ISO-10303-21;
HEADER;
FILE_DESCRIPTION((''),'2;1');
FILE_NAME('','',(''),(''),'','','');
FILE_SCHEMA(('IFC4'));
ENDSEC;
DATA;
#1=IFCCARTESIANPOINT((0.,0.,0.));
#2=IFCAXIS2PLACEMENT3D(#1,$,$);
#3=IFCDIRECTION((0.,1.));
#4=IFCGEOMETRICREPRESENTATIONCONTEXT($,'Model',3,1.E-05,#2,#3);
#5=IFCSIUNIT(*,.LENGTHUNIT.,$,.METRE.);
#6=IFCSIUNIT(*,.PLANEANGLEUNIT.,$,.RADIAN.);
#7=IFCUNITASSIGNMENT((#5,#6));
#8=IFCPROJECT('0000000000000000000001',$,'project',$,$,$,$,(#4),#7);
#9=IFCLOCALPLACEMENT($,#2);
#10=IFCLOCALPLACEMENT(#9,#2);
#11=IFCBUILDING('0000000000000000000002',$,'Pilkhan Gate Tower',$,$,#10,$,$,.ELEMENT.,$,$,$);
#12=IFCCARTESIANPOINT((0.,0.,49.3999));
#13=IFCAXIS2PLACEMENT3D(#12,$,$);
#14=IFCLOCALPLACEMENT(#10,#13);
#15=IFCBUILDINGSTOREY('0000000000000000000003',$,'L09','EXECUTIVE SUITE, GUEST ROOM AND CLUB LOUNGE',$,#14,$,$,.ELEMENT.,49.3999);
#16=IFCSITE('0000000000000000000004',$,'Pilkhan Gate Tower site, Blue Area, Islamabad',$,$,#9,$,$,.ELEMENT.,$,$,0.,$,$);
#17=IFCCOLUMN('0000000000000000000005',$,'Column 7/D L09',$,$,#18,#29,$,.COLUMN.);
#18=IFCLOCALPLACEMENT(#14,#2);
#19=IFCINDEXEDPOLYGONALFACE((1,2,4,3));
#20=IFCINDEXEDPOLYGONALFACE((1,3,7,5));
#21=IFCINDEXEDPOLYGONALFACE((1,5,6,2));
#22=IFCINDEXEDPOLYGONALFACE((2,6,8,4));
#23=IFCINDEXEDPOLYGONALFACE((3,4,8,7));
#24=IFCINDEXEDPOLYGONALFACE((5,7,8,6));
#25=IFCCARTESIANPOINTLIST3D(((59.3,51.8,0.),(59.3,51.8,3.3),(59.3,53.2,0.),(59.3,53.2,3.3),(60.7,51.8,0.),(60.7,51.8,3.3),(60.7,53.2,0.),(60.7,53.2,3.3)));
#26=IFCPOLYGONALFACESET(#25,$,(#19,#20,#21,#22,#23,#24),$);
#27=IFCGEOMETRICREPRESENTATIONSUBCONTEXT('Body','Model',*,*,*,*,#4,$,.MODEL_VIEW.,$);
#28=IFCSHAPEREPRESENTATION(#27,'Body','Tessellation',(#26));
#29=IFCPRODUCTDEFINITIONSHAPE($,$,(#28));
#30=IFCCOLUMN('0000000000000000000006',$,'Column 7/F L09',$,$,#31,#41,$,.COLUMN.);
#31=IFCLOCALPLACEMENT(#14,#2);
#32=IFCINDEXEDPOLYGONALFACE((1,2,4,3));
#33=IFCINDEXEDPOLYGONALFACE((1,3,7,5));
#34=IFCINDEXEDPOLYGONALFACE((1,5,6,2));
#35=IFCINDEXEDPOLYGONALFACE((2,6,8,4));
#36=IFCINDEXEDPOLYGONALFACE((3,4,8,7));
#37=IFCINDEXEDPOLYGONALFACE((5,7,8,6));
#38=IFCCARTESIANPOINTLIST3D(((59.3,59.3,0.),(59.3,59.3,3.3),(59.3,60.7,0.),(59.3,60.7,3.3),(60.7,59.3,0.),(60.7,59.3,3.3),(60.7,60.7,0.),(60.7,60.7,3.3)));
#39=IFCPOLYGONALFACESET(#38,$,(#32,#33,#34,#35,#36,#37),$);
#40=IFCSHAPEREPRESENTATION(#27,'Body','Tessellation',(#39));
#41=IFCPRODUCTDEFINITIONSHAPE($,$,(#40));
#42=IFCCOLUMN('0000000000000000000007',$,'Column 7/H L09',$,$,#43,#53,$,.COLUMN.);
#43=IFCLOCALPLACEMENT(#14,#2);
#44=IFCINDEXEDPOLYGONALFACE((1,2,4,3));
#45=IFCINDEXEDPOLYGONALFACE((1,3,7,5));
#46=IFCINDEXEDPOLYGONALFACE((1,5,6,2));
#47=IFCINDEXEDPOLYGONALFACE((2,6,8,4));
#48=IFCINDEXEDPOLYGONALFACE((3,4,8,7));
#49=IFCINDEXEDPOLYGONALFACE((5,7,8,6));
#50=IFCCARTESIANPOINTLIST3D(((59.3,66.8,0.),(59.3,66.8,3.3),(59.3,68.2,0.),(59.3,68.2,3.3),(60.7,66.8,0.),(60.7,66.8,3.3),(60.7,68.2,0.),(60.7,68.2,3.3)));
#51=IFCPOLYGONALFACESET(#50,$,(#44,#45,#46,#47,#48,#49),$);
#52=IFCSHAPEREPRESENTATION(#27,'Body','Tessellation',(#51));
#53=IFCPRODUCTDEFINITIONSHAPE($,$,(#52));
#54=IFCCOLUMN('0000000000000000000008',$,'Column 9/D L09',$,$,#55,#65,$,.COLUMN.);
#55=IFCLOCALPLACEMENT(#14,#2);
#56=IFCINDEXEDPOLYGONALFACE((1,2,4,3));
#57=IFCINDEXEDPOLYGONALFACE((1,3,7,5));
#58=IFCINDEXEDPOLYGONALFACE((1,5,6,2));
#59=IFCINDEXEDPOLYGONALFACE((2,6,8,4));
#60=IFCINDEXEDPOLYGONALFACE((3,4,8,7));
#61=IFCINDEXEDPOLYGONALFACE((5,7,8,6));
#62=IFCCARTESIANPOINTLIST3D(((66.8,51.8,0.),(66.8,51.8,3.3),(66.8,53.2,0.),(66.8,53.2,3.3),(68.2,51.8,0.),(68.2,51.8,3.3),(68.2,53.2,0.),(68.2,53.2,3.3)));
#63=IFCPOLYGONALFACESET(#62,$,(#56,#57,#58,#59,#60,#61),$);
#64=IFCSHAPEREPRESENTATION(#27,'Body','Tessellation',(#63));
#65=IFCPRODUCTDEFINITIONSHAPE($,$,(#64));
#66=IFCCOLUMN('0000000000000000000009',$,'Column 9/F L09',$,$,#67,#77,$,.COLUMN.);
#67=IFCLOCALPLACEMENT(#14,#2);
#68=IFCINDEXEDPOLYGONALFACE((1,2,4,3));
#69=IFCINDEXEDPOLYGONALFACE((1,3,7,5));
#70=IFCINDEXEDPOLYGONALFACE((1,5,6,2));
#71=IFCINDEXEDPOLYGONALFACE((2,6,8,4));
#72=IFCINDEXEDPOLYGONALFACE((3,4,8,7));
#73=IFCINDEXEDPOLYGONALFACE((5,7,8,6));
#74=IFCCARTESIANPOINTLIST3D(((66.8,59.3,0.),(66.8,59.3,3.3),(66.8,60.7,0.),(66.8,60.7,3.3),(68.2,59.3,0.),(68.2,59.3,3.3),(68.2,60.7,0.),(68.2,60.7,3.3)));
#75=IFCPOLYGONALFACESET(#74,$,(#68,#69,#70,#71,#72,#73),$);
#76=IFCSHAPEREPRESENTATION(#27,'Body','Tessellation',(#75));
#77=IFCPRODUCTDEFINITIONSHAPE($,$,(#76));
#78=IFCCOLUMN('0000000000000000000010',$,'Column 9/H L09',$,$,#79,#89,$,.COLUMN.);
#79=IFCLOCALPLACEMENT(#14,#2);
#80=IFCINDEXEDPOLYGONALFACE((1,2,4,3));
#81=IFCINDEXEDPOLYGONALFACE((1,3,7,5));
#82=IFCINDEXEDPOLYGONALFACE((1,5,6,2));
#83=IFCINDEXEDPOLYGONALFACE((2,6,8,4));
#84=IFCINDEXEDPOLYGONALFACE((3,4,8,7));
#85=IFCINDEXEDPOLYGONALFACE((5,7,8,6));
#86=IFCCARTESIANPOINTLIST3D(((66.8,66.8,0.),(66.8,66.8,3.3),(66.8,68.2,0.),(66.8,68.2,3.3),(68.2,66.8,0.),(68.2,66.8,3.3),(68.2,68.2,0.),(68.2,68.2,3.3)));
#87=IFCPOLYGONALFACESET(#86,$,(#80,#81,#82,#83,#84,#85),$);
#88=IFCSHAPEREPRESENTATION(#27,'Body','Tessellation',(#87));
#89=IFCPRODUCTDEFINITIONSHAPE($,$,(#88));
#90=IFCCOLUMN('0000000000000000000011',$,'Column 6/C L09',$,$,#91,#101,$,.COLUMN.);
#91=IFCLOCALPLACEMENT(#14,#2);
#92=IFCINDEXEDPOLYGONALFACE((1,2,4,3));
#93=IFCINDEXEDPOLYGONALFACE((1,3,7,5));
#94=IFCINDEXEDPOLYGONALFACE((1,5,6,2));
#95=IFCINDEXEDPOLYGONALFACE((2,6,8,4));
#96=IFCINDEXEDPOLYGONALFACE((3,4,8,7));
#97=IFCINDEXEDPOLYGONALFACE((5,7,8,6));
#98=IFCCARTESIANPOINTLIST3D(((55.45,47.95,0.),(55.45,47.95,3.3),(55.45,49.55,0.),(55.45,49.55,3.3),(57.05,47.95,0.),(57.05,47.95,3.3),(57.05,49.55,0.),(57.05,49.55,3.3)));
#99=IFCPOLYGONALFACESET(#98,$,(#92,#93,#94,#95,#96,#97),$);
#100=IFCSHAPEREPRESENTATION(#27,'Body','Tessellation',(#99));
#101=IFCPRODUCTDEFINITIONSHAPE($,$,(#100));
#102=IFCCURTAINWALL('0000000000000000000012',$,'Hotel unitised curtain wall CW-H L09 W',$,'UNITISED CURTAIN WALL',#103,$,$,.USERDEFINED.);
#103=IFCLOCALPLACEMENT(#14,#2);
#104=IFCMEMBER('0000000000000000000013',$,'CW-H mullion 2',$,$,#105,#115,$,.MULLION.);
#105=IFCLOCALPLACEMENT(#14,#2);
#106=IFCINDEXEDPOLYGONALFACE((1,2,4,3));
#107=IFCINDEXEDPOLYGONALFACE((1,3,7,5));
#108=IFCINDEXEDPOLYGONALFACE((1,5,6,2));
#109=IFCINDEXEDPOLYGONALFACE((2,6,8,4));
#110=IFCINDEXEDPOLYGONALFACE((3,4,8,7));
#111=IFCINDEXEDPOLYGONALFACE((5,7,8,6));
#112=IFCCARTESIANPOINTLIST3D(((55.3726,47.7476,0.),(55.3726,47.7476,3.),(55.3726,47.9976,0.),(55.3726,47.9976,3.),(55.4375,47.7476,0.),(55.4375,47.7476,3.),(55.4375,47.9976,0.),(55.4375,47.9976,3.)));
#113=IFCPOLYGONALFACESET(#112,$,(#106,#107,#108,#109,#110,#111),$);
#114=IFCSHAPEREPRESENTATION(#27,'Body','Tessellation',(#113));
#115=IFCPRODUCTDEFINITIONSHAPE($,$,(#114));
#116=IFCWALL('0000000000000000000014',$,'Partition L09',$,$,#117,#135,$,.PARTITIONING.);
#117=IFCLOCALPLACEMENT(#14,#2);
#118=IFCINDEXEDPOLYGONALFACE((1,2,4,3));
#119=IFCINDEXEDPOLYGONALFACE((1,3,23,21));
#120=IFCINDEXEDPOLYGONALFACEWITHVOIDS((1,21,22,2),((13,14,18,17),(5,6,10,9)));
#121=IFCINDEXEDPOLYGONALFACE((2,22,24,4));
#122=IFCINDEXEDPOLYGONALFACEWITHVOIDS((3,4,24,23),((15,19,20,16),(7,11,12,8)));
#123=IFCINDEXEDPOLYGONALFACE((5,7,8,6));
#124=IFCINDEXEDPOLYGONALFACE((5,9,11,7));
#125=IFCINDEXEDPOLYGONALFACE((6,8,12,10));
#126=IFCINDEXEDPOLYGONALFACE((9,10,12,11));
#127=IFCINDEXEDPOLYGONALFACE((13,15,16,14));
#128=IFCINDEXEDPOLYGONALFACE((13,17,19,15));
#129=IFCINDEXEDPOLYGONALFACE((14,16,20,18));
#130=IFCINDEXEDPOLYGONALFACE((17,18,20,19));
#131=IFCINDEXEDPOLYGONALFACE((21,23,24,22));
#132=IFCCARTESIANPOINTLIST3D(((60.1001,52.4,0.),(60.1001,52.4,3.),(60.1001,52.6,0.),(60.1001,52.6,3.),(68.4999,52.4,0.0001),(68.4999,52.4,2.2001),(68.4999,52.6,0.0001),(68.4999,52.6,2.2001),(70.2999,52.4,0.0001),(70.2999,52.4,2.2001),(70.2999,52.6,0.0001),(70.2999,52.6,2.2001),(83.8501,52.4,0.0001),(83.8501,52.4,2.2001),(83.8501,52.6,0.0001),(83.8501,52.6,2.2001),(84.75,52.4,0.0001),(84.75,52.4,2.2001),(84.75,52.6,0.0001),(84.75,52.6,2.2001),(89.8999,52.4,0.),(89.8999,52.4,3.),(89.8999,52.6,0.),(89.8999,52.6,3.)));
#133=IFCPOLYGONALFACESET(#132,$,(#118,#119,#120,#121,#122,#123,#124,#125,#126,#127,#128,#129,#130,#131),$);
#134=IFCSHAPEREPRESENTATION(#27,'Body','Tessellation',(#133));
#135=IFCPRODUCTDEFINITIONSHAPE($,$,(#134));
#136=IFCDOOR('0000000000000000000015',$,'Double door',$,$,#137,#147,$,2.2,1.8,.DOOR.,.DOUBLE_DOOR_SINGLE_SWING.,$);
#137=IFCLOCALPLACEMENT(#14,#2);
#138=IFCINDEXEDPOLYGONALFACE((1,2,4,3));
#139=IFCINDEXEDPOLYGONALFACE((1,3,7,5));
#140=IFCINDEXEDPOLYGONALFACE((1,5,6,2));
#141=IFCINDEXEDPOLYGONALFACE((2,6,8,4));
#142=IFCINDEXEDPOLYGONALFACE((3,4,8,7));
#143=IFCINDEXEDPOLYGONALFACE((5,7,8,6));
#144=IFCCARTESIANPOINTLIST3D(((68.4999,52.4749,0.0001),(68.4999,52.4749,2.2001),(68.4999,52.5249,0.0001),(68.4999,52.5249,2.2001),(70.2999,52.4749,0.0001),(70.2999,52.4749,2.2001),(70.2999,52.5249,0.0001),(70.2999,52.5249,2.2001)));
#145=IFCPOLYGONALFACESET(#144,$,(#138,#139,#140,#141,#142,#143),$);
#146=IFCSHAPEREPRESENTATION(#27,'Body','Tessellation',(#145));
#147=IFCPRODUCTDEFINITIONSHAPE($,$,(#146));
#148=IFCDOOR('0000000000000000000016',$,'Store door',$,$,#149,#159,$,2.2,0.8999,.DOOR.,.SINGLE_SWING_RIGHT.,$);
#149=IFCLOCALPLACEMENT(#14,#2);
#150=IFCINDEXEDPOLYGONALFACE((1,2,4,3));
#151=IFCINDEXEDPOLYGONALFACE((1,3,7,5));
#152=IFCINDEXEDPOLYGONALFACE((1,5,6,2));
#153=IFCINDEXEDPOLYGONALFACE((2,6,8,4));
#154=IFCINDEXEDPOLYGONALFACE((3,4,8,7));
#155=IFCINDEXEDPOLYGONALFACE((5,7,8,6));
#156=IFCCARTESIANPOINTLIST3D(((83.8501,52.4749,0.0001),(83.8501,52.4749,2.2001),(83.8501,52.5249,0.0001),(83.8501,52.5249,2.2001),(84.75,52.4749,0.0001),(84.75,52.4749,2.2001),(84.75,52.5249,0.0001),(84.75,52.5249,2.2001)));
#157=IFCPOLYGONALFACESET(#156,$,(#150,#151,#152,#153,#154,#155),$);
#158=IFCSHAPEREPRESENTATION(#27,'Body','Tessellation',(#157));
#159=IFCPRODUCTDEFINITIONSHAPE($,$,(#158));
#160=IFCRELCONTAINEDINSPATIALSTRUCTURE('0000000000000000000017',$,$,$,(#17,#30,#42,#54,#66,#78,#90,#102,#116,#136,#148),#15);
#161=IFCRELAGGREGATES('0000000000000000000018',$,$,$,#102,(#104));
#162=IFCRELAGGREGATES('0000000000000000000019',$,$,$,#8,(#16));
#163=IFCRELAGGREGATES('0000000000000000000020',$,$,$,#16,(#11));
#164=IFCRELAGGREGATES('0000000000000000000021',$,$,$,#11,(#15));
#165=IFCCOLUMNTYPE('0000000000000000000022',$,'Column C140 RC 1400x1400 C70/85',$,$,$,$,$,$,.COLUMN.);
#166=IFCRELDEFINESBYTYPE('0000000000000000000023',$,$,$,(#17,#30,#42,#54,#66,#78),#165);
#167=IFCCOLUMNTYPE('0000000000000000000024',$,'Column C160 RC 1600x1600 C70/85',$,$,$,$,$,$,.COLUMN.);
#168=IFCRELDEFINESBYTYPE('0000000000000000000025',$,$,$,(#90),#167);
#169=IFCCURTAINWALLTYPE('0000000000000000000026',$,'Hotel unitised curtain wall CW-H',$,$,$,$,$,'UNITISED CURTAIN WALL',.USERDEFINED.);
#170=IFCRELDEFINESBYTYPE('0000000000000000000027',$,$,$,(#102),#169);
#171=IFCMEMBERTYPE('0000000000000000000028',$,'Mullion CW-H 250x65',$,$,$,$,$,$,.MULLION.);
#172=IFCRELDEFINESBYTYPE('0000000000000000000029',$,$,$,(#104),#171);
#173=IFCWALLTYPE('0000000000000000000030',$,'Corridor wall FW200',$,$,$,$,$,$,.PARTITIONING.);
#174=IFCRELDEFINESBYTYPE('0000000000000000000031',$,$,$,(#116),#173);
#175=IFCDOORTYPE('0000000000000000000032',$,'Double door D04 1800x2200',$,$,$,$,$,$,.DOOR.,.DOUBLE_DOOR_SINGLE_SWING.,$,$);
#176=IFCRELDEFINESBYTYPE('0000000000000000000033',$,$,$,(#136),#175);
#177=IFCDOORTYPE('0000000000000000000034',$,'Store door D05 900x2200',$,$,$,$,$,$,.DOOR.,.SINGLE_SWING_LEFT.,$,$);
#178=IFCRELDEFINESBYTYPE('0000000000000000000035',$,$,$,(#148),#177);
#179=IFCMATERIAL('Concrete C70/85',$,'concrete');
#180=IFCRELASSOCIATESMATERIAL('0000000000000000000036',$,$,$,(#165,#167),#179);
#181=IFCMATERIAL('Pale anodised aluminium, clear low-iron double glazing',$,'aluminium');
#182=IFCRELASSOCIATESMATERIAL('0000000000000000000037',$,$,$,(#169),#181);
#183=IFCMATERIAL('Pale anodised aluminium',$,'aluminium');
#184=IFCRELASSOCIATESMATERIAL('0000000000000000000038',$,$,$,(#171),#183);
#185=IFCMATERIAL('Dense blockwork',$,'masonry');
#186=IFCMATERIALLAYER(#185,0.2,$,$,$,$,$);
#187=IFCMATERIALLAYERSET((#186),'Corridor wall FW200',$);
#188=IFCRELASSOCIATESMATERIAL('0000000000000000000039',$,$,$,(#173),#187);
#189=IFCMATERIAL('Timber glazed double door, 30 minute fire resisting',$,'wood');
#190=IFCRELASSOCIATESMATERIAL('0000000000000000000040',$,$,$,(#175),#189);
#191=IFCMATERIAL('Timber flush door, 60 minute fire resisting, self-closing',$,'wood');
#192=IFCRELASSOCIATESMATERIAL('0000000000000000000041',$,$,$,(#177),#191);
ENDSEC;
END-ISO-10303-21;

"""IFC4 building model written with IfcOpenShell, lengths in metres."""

from ifc_helpers import new_model, si_unit, direction, frame, frame_2d, origin, origin_2d, place, context, subcontext, project, spatial, rectangle, extrude, material, layer, layer_set, material_profile, profile_set, type_object, element, fill, aggregate, save


model = new_model("IFC4")

# Units and contexts
model_context = context("Model", 3, precision=1e-05, world=origin(), true_north=direction((0.0, 1.0)))
body_context = subcontext(model_context, "Body", "Model", "MODEL_VIEW")
ifc_project = project(units=[si_unit("LENGTHUNIT", "METRE"), si_unit("PLANEANGLEUNIT", "RADIAN")], contexts=[model_context])

# Site, building, storey
site_placement = place(None, origin())
site = spatial("IfcSite", under=ifc_project, at=site_placement, Name="Pilkhan Gate Tower site, Blue Area, Islamabad", CompositionType="ELEMENT", RefElevation=0.0)
building_placement = place(site_placement, origin())
building = spatial("IfcBuilding", under=site, at=building_placement, Name="Pilkhan Gate Tower", CompositionType="ELEMENT")
storey_placement = place(building_placement, frame((0.0, 0.0, 49.3999)))
storey = spatial("IfcBuildingStorey", under=building, at=storey_placement, Name="L09", Description="EXECUTIVE SUITE, GUEST ROOM AND CLUB LOUNGE", CompositionType="ELEMENT", Elevation=49.3999)

# Columns
ifc_material_1 = material(Name="Concrete C70/85", Category="concrete")
ifc_material_profile_1 = material_profile(ifc_material_1, rectangle(XDim=1.3999, YDim=1.3999, at=origin_2d()), Name="RC 1400x1400")
ifc_profile_set_1 = profile_set([ifc_material_profile_1], Name="Concrete C70/85")
column_type_1 = type_object("IfcColumnType", Name="Column C140 RC 1400x1400 C70/85", PredefinedType="COLUMN", material=ifc_profile_set_1)
for number, where, z_axis, x_axis, name in (
    (1, (60.0, 52.5, 0.0), (0.0, 0.0, 1.0), (1.0, 0.0, 0.0), "Column 7/D L09"),
    (2, (60.0, 60.0, 0.0), (0.0, 0.0, 1.0), (1.0, 0.0, 0.0), "Column 7/F L09"),
    (3, (60.0, 67.5, 0.0), (0.0, 0.0, 1.0), (1.0, 0.0, 0.0), "Column 7/H L09"),
    (4, (67.5, 52.5, 0.0), (0.0, 0.0, 1.0), (1.0, 0.0, 0.0), "Column 9/D L09"),
    (5, (67.5, 60.0, 0.0), (0.0, 0.0, 1.0), (1.0, 0.0, 0.0), "Column 9/F L09"),
    (6, (67.5, 67.5, 0.0), (0.0, 0.0, 1.0), (1.0, 0.0, 0.0), "Column 9/H L09"),
):
    element("IfcColumn", number, at=place(storey_placement, frame(where, z_axis=z_axis, x_axis=x_axis)), inside=storey, type_object=column_type_1, Name=name, PredefinedType="COLUMN", context=body_context, shape_type="SweptSolid", body=[
        extrude(rectangle(XDim=1.3999, YDim=1.3999, at=origin_2d()), origin(), (0.0, 0.0, 1.0), 3.3),
    ])
ifc_material_profile_2 = material_profile(ifc_material_1, rectangle(XDim=1.6001, YDim=1.6001, at=origin_2d()), Name="RC 1600x1600")
ifc_profile_set_2 = profile_set([ifc_material_profile_2], Name="Concrete C70/85")
column_type_2 = type_object("IfcColumnType", Name="Column C160 RC 1600x1600 C70/85", PredefinedType="COLUMN", material=ifc_profile_set_2)
column_placement = place(storey_placement, frame((56.25, 48.75, 0.0), z_axis=(0.0, 0.0, 1.0), x_axis=(1.0, 0.0, 0.0)))
element("IfcColumn", 7, at=column_placement, inside=storey, type_object=column_type_2, Name="Column 6/C L09", PredefinedType="COLUMN", context=body_context, shape_type="SweptSolid", body=[
    extrude(rectangle(XDim=1.6001, YDim=1.6001, at=origin_2d()), origin(), (0.0, 0.0, 1.0), 3.3),
])

# Curtain wall, member
ifc_material_2 = material(Name="Pale anodised aluminium, clear low-iron double glazing", Category="aluminium")
curtain_wall_type = type_object("IfcCurtainWallType", Name="Hotel unitised curtain wall CW-H", ElementType="UNITISED CURTAIN WALL", PredefinedType="USERDEFINED", material=ifc_material_2)
curtain_wall_placement = place(storey_placement, origin())
curtain_wall = element("IfcCurtainWall", 8, at=curtain_wall_placement, inside=storey, type_object=curtain_wall_type, Name="Hotel unitised curtain wall CW-H L09 W", ObjectType="UNITISED CURTAIN WALL", PredefinedType="USERDEFINED")
ifc_material_3 = material(Name="Pale anodised aluminium", Category="aluminium")
ifc_material_profile_3 = material_profile(ifc_material_3, rectangle(XDim=0.0649, YDim=0.25, at=origin_2d()), Name="Mullion 250x65")
ifc_profile_set_3 = profile_set([ifc_material_profile_3], Name="Pale anodised aluminium")
member_type = type_object("IfcMemberType", Name="Mullion CW-H 250x65", PredefinedType="MULLION", material=ifc_profile_set_3)
member_placement = place(storey_placement, frame((55.405, 47.8726, 0.0), z_axis=(0.0, 0.0, 1.0), x_axis=(-1.0, 0.0, 0.0)))
member = element("IfcMember", 9, at=member_placement, type_object=member_type, Name="CW-H mullion 2", PredefinedType="MULLION", context=body_context, shape_type="SweptSolid", body=[
    extrude(rectangle(XDim=0.0649, YDim=0.25, at=origin_2d()), origin(), (0.0, 0.0, 1.0), 3.0),
])
aggregate(curtain_wall, [member])

# Wall, openings, doors
ifc_material_4 = material(Name="Dense blockwork", Category="masonry")
ifc_layer_1 = layer(ifc_material_4, 0.2)
ifc_layer_set_1 = layer_set([ifc_layer_1], Name="Corridor wall FW200")
wall_type_1 = type_object("IfcWallType", Name="Corridor wall FW200", PredefinedType="PARTITIONING", material=ifc_layer_set_1)
wall_1_placement = place(storey_placement, frame((60.1001, 52.5, 0.0), z_axis=(0.0, 0.0, 1.0), x_axis=(1.0, 0.0, 0.0)))
wall_1 = element("IfcWall", 10, at=wall_1_placement, inside=storey, type_object=wall_type_1, Name="Partition L09", PredefinedType="PARTITIONING", context=body_context, shape_type="SweptSolid", body=[
    extrude(rectangle(XDim=29.7998, YDim=0.2, at=frame_2d((14.8999, 0.0))), origin(), (0.0, 0.0, 1.0), 3.0),
])
opening_1_placement = place(wall_1_placement, frame((8.3999, 0.0, 0.0)))
opening_1 = element("IfcOpeningElement", 11, at=opening_1_placement, cuts=wall_1, PredefinedType="OPENING", context=body_context, shape_type="SweptSolid", body=[
    extrude(rectangle(XDim=1.8, YDim=2.2, at=frame_2d((0.8999, 1.1001))), frame((0.0, 0.1099, 0.0), z_axis=(0.0, -1.0, 0.0), x_axis=(1.0, 0.0, 0.0)), (0.0, 0.0, 1.0), 0.22),
])
opening_2_placement = place(wall_1_placement, frame((23.75, 0.0, 0.0)))
opening_2 = element("IfcOpeningElement", 12, at=opening_2_placement, cuts=wall_1, PredefinedType="OPENING", context=body_context, shape_type="SweptSolid", body=[
    extrude(rectangle(XDim=0.8999, YDim=2.2, at=frame_2d((0.45, 1.1001))), frame((0.0, 0.1099, 0.0), z_axis=(0.0, -1.0, 0.0), x_axis=(1.0, 0.0, 0.0)), (0.0, 0.0, 1.0), 0.22),
])
ifc_material_5 = material(Name="Timber glazed double door, 30 minute fire resisting", Category="wood")
door_type_1 = type_object("IfcDoorType", Name="Double door D04 1800x2200", OperationType="DOUBLE_DOOR_SINGLE_SWING", PredefinedType="DOOR", material=ifc_material_5)
door_1_placement = place(opening_1_placement, origin())
door_1 = element("IfcDoor", 13, at=door_1_placement, inside=storey, type_object=door_type_1, Name="Double door", OperationType="DOUBLE_DOOR_SINGLE_SWING", OverallHeight=2.2, OverallWidth=1.8, PredefinedType="DOOR", context=body_context, shape_type="SweptSolid", body=[
    extrude(rectangle(XDim=1.8, YDim=2.2, at=frame_2d((0.8999, 1.1001))), frame((0.0, 0.0249, 0.0), z_axis=(0.0, -1.0, 0.0), x_axis=(1.0, 0.0, 0.0)), (0.0, 0.0, 1.0), 0.05),
])
fill(opening_1, door_1)
ifc_material_6 = material(Name="Timber flush door, 60 minute fire resisting, self-closing", Category="wood")
door_type_2 = type_object("IfcDoorType", Name="Store door D05 900x2200", OperationType="SINGLE_SWING_LEFT", PredefinedType="DOOR", material=ifc_material_6)
door_2_placement = place(opening_2_placement, origin())
door_2 = element("IfcDoor", 14, at=door_2_placement, inside=storey, type_object=door_type_2, Name="Store door", OperationType="SINGLE_SWING_RIGHT", OverallHeight=2.2, OverallWidth=0.8999, PredefinedType="DOOR", context=body_context, shape_type="SweptSolid", body=[
    extrude(rectangle(XDim=0.8999, YDim=2.2, at=frame_2d((0.45, 1.1001))), frame((0.0, 0.0249, 0.0), z_axis=(0.0, -1.0, 0.0), x_axis=(1.0, 0.0, 0.0)), (0.0, 0.0, 1.0), 0.05),
])
fill(opening_2, door_2)

save(model, "model.ifc")
